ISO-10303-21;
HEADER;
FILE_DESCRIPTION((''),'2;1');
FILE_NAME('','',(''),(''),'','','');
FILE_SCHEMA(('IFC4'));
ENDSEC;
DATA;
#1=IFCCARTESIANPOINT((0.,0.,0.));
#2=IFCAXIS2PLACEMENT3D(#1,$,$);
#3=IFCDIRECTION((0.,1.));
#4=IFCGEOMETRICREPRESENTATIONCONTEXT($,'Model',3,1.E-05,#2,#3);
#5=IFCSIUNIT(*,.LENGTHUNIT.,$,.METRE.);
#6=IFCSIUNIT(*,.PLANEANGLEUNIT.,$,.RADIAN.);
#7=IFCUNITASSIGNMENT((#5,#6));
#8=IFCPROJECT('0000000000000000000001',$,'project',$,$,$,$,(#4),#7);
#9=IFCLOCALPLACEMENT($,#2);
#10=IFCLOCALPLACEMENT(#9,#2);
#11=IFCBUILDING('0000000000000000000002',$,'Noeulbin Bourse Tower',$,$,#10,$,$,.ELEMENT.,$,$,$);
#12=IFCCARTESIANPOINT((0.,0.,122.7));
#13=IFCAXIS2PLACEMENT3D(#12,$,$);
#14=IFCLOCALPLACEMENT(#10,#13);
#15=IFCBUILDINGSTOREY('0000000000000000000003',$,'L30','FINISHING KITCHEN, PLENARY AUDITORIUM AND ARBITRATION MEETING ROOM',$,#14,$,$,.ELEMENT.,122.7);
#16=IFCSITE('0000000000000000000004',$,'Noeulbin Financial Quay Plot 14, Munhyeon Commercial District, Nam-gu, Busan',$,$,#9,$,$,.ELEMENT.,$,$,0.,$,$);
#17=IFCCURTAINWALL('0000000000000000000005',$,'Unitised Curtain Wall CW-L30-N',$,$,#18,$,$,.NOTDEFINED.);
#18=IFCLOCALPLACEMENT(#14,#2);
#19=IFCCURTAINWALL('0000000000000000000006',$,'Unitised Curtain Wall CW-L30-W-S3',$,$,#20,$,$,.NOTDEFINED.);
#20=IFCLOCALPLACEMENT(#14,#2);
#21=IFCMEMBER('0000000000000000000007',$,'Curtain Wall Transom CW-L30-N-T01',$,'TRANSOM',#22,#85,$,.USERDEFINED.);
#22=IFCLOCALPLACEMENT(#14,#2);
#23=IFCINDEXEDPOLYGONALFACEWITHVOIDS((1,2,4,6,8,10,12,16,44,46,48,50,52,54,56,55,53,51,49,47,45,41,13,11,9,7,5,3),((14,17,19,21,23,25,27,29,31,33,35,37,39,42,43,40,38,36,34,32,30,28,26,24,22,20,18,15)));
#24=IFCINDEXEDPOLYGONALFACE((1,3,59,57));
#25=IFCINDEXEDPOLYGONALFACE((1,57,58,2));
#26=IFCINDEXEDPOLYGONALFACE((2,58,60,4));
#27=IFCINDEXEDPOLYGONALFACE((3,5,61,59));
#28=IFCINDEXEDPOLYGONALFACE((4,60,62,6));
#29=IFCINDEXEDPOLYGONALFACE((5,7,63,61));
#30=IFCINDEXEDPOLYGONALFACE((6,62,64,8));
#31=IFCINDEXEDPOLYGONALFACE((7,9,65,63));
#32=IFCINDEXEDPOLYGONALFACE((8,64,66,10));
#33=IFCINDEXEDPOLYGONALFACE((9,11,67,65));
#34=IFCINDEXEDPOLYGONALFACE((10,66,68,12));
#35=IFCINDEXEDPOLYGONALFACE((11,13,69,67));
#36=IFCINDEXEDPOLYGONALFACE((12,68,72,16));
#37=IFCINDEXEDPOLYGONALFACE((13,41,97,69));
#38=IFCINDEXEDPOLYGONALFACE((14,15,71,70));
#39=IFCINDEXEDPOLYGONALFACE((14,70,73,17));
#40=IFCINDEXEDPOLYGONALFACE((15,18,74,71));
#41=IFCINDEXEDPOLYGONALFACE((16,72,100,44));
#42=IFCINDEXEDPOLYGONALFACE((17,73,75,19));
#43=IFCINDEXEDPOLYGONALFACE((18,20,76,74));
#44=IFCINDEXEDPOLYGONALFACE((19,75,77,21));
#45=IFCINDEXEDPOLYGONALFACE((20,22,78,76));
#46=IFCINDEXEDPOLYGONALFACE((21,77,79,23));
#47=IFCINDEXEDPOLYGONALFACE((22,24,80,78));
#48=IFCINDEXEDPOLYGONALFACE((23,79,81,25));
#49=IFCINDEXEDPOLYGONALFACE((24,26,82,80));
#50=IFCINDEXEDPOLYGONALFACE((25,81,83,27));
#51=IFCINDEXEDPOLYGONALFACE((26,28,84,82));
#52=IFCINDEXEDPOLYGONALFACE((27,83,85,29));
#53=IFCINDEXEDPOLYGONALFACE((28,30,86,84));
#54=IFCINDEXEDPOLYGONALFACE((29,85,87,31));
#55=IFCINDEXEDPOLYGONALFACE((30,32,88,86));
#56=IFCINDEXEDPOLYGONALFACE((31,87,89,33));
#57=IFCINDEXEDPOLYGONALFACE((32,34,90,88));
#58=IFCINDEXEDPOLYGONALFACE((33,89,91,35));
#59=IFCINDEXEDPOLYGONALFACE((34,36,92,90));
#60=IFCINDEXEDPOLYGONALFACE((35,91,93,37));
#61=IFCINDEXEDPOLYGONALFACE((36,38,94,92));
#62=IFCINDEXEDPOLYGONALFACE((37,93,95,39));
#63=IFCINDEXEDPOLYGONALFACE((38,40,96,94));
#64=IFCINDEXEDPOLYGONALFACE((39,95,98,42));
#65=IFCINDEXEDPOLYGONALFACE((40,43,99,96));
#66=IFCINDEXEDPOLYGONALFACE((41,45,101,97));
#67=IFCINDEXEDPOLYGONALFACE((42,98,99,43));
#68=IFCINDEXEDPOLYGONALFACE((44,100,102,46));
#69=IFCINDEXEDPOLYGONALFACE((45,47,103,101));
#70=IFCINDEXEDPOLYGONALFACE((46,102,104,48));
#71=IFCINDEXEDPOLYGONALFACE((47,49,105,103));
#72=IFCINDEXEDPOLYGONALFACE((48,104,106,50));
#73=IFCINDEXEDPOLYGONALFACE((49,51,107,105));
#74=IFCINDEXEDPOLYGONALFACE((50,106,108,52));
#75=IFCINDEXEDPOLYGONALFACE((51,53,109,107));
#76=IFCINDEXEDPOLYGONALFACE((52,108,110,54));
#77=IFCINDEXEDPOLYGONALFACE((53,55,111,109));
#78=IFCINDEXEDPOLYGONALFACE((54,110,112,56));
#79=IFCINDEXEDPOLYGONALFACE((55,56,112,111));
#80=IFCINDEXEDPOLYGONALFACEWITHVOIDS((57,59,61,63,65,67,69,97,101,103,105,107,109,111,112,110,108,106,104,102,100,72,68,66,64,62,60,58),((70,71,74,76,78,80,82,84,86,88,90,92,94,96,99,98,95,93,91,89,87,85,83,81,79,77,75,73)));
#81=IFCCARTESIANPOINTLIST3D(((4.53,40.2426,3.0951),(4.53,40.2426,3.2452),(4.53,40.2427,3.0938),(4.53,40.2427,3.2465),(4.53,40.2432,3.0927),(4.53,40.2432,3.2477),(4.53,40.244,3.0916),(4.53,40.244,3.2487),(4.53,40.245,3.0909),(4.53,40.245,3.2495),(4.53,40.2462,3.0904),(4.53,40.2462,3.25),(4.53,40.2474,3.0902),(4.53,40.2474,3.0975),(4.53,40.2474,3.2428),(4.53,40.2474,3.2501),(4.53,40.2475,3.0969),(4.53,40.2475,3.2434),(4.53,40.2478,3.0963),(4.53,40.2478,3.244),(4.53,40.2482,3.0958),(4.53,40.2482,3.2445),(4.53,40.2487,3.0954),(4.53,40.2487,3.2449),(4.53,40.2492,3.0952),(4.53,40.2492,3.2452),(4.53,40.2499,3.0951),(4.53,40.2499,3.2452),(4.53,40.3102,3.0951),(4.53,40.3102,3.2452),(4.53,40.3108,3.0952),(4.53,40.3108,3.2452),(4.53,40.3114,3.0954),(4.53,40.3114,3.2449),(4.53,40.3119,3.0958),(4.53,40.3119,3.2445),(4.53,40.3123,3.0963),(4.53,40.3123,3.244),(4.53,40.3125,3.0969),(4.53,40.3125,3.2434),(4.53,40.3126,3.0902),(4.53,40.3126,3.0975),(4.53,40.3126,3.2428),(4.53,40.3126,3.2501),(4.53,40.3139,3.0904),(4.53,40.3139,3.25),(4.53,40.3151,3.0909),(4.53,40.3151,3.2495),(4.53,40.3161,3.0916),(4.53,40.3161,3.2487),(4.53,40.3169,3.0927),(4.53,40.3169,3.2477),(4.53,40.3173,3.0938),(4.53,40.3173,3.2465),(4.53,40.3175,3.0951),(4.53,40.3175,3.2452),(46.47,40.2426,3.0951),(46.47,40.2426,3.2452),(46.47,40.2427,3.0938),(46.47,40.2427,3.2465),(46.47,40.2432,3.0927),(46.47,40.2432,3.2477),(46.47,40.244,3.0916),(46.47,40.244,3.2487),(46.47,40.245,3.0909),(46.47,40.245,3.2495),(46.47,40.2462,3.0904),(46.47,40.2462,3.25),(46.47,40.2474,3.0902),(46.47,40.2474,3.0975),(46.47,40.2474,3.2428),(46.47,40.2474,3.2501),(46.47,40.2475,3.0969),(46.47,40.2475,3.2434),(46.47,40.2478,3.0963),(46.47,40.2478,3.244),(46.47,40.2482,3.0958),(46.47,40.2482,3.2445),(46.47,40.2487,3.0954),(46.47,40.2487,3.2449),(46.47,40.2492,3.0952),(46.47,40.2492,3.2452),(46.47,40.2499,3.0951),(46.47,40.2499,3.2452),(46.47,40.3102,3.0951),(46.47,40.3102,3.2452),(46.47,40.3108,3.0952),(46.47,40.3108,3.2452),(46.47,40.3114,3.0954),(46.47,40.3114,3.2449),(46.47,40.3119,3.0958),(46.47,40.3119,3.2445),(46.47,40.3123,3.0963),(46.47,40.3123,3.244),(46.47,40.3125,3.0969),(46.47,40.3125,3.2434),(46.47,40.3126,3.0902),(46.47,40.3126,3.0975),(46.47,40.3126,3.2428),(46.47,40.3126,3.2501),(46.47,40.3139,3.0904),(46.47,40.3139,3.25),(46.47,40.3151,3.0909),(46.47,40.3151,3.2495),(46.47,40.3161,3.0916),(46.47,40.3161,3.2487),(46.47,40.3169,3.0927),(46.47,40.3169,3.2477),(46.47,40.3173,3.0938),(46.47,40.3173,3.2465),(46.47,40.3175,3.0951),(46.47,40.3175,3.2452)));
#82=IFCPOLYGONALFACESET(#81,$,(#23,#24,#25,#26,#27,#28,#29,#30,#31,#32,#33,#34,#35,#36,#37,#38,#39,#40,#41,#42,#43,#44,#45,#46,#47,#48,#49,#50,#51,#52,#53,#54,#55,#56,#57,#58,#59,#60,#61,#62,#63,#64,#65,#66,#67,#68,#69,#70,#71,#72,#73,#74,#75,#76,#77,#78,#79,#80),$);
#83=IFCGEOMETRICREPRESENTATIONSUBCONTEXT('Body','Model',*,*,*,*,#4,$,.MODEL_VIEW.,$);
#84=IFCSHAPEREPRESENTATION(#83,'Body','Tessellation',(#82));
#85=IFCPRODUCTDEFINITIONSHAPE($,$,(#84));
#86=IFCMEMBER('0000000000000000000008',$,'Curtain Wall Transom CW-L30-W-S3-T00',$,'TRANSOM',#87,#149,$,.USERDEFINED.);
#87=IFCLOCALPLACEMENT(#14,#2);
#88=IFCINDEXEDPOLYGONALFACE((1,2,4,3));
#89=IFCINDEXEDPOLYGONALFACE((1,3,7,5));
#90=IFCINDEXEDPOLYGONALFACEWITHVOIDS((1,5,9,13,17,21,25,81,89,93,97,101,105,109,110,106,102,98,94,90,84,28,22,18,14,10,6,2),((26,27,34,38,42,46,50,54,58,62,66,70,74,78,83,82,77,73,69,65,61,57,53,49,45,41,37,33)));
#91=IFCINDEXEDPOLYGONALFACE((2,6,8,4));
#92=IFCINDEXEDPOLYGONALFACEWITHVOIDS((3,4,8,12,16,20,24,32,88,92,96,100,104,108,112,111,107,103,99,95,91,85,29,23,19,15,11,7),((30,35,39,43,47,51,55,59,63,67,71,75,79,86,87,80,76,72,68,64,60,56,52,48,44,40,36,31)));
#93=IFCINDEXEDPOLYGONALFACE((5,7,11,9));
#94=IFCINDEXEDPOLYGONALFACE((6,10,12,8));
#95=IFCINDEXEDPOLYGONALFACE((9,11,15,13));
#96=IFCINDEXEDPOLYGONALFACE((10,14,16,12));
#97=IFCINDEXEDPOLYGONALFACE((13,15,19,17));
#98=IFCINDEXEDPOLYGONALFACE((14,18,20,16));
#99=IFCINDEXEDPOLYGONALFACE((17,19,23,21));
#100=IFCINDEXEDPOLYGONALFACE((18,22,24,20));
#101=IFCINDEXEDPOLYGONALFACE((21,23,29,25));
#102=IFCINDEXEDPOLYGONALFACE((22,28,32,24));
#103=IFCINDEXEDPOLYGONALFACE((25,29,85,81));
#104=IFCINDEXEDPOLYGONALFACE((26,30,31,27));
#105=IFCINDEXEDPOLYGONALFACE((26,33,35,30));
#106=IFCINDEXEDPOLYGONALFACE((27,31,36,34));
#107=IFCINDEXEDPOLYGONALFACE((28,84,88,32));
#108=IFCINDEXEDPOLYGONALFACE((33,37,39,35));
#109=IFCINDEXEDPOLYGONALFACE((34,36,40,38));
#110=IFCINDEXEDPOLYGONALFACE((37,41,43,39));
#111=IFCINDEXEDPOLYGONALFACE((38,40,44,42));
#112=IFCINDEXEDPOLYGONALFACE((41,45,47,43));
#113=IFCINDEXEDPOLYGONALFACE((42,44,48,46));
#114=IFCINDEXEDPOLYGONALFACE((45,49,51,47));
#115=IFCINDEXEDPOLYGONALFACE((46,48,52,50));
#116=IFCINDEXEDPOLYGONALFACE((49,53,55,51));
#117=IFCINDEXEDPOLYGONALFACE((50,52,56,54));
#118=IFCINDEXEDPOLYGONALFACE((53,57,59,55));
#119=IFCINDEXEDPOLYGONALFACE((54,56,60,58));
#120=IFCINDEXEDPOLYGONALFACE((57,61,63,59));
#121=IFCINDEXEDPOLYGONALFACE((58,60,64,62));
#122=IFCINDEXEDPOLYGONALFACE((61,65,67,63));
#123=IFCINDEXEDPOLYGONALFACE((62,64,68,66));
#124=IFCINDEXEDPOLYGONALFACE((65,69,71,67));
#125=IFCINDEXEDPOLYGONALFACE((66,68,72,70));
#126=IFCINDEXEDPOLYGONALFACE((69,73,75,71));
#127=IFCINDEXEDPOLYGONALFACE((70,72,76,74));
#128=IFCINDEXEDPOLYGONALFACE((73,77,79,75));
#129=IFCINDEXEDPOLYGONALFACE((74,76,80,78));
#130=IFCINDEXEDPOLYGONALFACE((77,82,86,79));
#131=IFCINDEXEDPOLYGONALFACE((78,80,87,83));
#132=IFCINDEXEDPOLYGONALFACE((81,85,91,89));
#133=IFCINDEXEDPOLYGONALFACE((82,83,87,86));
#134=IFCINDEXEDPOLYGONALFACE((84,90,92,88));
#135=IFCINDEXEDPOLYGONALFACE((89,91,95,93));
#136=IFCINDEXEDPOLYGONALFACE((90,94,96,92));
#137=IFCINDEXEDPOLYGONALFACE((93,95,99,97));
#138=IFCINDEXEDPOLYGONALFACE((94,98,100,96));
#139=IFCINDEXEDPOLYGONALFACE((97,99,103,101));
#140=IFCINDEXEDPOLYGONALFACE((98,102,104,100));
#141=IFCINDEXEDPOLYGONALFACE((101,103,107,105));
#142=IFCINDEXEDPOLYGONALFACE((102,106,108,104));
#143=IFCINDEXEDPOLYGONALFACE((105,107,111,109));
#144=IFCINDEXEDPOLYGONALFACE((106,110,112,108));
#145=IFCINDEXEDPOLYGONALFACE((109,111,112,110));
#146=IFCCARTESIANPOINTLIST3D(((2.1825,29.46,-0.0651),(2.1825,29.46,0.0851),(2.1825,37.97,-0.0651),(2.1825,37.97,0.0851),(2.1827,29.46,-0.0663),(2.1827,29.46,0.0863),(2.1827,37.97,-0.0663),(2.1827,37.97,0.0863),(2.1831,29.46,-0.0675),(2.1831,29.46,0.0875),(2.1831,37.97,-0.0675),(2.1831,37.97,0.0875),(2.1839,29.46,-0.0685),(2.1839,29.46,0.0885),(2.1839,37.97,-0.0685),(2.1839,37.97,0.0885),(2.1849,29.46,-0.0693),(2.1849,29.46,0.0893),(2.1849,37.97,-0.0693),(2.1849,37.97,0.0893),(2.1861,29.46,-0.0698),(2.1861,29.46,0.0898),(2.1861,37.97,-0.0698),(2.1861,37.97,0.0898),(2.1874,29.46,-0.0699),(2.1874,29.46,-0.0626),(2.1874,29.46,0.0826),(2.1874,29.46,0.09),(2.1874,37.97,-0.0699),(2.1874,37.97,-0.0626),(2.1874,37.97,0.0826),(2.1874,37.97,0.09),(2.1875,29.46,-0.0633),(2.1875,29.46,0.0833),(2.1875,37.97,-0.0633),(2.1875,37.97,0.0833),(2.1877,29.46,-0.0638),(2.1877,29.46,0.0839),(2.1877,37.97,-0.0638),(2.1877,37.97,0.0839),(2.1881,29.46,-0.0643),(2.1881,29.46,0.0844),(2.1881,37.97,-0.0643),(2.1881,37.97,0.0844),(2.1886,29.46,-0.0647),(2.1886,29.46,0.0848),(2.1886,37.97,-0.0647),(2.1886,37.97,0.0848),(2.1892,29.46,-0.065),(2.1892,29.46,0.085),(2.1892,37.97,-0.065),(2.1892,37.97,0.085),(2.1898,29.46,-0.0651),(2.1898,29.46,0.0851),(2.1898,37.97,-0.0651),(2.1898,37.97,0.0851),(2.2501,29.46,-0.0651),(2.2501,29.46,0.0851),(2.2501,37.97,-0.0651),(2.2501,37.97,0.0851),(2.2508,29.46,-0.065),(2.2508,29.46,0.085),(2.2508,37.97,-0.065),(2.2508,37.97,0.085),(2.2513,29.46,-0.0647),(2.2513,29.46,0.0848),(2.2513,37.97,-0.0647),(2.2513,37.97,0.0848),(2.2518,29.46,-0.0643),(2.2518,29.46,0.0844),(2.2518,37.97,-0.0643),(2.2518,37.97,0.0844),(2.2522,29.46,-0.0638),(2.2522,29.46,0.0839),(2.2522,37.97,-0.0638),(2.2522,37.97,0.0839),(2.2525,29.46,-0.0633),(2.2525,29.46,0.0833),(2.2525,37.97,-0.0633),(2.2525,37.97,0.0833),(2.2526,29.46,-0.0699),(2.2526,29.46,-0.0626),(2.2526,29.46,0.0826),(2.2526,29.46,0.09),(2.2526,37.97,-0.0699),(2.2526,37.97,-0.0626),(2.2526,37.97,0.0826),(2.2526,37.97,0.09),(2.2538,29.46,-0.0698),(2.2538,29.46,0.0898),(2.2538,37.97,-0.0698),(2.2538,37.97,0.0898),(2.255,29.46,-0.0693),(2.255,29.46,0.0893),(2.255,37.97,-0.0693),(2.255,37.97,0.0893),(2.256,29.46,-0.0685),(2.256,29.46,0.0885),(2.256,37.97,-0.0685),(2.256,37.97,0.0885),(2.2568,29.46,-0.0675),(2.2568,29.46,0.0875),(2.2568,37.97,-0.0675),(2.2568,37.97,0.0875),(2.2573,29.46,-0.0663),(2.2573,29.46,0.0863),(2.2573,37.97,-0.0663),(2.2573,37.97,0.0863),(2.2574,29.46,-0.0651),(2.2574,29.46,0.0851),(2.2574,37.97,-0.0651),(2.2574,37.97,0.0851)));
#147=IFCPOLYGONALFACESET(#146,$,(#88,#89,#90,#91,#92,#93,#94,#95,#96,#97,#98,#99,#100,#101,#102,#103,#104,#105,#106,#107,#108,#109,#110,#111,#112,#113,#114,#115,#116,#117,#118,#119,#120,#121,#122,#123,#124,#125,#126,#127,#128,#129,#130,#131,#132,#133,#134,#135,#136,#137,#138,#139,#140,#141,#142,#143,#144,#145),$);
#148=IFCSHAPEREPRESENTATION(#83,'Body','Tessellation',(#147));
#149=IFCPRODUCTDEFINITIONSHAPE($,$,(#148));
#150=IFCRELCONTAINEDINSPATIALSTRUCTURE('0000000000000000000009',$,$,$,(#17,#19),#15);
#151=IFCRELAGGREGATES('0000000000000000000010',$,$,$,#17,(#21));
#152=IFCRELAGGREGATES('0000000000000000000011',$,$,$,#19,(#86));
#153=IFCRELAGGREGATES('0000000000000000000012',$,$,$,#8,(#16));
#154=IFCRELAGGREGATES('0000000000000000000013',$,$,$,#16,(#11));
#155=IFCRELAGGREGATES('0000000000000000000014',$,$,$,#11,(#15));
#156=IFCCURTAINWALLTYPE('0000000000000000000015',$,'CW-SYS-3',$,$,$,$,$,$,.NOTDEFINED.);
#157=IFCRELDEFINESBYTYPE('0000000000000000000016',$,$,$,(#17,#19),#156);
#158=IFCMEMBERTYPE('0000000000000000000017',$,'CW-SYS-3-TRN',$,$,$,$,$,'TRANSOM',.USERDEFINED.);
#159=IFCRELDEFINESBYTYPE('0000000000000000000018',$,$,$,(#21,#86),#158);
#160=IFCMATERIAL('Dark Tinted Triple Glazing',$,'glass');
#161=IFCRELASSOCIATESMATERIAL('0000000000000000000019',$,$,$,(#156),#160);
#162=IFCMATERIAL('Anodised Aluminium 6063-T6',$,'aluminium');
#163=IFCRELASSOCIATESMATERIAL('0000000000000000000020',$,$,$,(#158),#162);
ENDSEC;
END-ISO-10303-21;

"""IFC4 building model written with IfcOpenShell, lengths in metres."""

from ifc_helpers import new_model, si_unit, direction, frame, origin, origin_2d, place, context, subcontext, project, spatial, hollow_rectangle, extrude, material, material_profile, profile_set, type_object, element, aggregate, save


model = new_model("IFC4")

# Units and contexts
model_context = context("Model", 3, precision=1e-05, world=origin(), true_north=direction((0.0, 1.0)))
body_context = subcontext(model_context, "Body", "Model", "MODEL_VIEW")
ifc_project = project(units=[si_unit("LENGTHUNIT", "METRE"), si_unit("PLANEANGLEUNIT", "RADIAN")], contexts=[model_context])

# Site, building, storey
site_placement = place(None, origin())
site = spatial("IfcSite", under=ifc_project, at=site_placement, Name="Noeulbin Financial Quay Plot 14, Munhyeon Commercial District, Nam-gu, Busan", CompositionType="ELEMENT", RefElevation=0.0)
building_placement = place(site_placement, origin())
building = spatial("IfcBuilding", under=site, at=building_placement, Name="Noeulbin Bourse Tower", CompositionType="ELEMENT")
storey_placement = place(building_placement, frame((0.0, 0.0, 122.7)))
storey = spatial("IfcBuildingStorey", under=building, at=storey_placement, Name="L30", Description="FINISHING KITCHEN, PLENARY AUDITORIUM AND ARBITRATION MEETING ROOM", CompositionType="ELEMENT", Elevation=122.7)

# Curtain walls
ifc_material_1 = material(Name="Dark Tinted Triple Glazing", Category="glass")
curtain_wall_type = type_object("IfcCurtainWallType", Name="CW-SYS-3", PredefinedType="NOTDEFINED", material=ifc_material_1)
curtain_wall_1_placement = place(storey_placement, origin())
curtain_wall_1 = element("IfcCurtainWall", 1, at=curtain_wall_1_placement, inside=storey, type_object=curtain_wall_type, Name="Unitised Curtain Wall CW-L30-N", PredefinedType="NOTDEFINED")
ifc_material_2 = material(Name="Anodised Aluminium 6063-T6", Category="aluminium")
curtain_wall_2_placement = place(storey_placement, origin())
curtain_wall_2 = element("IfcCurtainWall", 2, at=curtain_wall_2_placement, inside=storey, type_object=curtain_wall_type, Name="Unitised Curtain Wall CW-L30-W-S3", PredefinedType="NOTDEFINED")

# Members
ifc_material_profile_1 = material_profile(ifc_material_2, hollow_rectangle(XDim=0.075, YDim=0.1599, WallThickness=0.0049, InnerFilletRadius=0.0024, OuterFilletRadius=0.0049, at=origin_2d()), Name="ALU-TRAN-75x160x5", Category="LoadBearing")
ifc_profile_set_1 = profile_set([ifc_material_profile_1], Name="Anodised Aluminium 6063-T6")
member_type_1 = type_object("IfcMemberType", Name="CW-SYS-3-TRN", ElementType="TRANSOM", PredefinedType="USERDEFINED", material=ifc_profile_set_1)
member_1_placement = place(storey_placement, frame((4.53, 40.28, 3.1702), z_axis=(1.0, 0.0, 0.0), x_axis=(0.0, 1.0, 0.0)))
member_1 = element("IfcMember", 3, at=member_1_placement, type_object=member_type_1, Name="Curtain Wall Transom CW-L30-N-T01", ObjectType="TRANSOM", PredefinedType="USERDEFINED", context=body_context, shape_type="SweptSolid", body=[
    extrude(hollow_rectangle(XDim=0.075, YDim=0.1599, WallThickness=0.0049, InnerFilletRadius=0.0024, OuterFilletRadius=0.0049, at=origin_2d()), origin(), (0.0, 0.0, 1.0), 41.9399),
])
member_2_placement = place(storey_placement, frame((2.22, 29.46, 0.01), z_axis=(0.0, 1.0, 0.0), x_axis=(-1.0, 0.0, 0.0)))
member_2 = element("IfcMember", 4, at=member_2_placement, type_object=member_type_1, Name="Curtain Wall Transom CW-L30-W-S3-T00", ObjectType="TRANSOM", PredefinedType="USERDEFINED", context=body_context, shape_type="SweptSolid", body=[
    extrude(hollow_rectangle(XDim=0.075, YDim=0.1599, WallThickness=0.0049, InnerFilletRadius=0.0024, OuterFilletRadius=0.0049, at=origin_2d()), origin(), (0.0, 0.0, 1.0), 8.51),
])

aggregate(curtain_wall_1, [member_1])
aggregate(curtain_wall_2, [member_2])

save(model, "model.ifc")
